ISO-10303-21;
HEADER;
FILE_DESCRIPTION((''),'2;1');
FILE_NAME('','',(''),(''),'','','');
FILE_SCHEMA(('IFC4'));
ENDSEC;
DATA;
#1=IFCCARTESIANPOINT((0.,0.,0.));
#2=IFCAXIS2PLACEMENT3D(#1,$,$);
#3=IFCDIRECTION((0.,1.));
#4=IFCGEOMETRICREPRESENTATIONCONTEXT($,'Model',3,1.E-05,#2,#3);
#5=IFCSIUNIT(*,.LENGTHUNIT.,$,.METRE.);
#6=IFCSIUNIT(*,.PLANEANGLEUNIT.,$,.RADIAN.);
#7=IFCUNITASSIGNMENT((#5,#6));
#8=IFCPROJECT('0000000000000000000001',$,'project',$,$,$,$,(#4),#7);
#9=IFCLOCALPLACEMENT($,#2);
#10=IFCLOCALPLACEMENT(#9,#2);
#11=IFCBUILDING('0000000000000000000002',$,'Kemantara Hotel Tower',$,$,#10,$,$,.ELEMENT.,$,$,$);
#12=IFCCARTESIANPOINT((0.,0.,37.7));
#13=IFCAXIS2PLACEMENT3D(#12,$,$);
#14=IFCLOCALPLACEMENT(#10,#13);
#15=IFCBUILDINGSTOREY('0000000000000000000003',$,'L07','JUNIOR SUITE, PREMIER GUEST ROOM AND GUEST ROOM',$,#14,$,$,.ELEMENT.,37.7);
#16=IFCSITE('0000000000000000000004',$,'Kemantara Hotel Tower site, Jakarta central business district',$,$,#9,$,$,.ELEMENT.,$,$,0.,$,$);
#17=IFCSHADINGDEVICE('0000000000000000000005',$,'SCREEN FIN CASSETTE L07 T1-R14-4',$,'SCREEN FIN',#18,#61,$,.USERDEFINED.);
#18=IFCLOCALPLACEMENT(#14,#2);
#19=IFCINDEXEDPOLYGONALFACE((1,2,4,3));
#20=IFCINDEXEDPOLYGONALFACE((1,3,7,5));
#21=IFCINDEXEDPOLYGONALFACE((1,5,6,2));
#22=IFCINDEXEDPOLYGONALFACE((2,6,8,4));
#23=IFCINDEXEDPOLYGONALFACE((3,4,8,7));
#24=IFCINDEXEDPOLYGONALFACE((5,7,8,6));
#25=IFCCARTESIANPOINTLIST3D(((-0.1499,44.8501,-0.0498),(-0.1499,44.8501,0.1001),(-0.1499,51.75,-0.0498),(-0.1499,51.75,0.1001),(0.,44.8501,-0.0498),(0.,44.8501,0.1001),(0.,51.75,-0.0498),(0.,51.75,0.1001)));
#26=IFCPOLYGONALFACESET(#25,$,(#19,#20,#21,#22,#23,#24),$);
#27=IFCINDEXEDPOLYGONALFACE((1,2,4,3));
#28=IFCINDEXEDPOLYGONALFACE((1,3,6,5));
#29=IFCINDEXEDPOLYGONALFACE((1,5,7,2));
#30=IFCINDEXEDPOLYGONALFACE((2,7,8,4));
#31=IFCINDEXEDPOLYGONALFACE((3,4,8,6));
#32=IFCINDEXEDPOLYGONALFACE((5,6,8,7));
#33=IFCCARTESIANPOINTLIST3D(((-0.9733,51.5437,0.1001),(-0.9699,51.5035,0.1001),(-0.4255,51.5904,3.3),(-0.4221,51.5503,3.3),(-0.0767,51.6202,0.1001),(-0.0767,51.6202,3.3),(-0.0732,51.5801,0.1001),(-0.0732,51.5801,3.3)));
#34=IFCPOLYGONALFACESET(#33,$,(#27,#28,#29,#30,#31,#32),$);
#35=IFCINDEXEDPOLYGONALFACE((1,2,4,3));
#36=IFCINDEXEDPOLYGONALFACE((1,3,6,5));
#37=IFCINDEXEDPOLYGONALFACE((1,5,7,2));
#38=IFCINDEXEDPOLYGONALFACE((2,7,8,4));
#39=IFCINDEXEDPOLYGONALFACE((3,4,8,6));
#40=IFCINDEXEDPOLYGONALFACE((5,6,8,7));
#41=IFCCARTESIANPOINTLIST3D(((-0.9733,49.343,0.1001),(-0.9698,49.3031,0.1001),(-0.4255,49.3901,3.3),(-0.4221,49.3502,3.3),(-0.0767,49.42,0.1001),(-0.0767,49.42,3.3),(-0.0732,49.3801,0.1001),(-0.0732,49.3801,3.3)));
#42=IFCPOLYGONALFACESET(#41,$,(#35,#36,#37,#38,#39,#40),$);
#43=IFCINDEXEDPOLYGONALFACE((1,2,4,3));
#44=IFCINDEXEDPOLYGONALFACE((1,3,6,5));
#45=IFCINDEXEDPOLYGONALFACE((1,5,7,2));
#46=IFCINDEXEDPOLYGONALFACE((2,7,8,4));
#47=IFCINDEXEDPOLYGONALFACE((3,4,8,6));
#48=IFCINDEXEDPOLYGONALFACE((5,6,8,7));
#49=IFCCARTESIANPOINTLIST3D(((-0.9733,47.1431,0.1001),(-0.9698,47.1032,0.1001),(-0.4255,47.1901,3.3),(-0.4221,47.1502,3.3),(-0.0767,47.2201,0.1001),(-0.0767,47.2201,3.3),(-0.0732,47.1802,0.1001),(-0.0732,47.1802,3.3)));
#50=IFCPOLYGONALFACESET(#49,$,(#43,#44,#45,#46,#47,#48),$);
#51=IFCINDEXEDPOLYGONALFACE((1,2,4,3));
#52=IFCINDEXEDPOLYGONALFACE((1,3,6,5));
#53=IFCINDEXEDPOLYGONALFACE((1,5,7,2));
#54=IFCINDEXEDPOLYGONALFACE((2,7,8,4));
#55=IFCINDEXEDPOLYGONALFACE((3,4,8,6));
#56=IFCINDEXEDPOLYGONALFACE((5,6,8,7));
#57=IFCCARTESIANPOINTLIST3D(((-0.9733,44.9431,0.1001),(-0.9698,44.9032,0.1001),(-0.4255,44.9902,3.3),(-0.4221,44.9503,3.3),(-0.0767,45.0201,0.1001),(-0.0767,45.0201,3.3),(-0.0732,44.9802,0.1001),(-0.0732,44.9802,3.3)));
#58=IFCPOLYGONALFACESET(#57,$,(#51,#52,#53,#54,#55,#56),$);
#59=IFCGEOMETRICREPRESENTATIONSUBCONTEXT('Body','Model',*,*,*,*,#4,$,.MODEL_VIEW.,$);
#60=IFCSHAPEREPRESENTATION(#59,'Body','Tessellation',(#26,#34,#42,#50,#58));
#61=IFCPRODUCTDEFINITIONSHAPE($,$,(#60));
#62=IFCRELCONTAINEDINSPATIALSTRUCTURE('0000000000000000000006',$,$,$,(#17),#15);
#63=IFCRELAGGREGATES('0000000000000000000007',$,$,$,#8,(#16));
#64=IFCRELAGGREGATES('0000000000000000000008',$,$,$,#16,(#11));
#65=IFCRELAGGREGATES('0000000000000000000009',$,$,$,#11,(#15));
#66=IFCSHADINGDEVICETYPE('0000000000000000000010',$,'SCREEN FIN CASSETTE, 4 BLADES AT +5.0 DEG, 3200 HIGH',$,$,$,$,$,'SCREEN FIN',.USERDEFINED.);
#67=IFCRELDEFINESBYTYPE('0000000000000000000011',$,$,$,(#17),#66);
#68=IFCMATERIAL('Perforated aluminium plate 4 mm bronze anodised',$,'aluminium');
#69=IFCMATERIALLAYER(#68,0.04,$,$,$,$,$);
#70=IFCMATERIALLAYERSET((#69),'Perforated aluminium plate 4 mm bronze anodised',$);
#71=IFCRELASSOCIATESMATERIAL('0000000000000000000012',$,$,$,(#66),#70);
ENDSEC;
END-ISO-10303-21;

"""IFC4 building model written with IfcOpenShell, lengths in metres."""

from ifc_helpers import new_model, si_unit, direction, frame, origin, origin_2d, place, context, subcontext, project, spatial, polyline, rectangle, outline, extrude, source, transform, mapped, material, layer, layer_set, type_object, element, save


model = new_model("IFC4")

# Units and contexts
model_context = context("Model", 3, precision=1e-05, world=origin(), true_north=direction((0.0, 1.0)))
body_context = subcontext(model_context, "Body", "Model", "MODEL_VIEW")
ifc_project = project(units=[si_unit("LENGTHUNIT", "METRE"), si_unit("PLANEANGLEUNIT", "RADIAN")], contexts=[model_context])

# Site, building, storey
site_placement = place(None, origin())
site = spatial("IfcSite", under=ifc_project, at=site_placement, Name="Kemantara Hotel Tower site, Jakarta central business district", CompositionType="ELEMENT", RefElevation=0.0)
building_placement = place(site_placement, origin())
building = spatial("IfcBuilding", under=site, at=building_placement, Name="Kemantara Hotel Tower", CompositionType="ELEMENT")
storey_placement = place(building_placement, frame((0.0, 0.0, 37.7)))
storey = spatial("IfcBuildingStorey", under=building, at=storey_placement, Name="L07", Description="JUNIOR SUITE, PREMIER GUEST ROOM AND GUEST ROOM", CompositionType="ELEMENT", Elevation=37.7)

# Shading device
ifc_material_1 = material(Name="Perforated aluminium plate 4 mm bronze anodised", Category="aluminium")
ifc_layer_1 = layer(ifc_material_1, 0.04)
ifc_layer_set_1 = layer_set([ifc_layer_1], Name="Perforated aluminium plate 4 mm bronze anodised")
shading_device_type = type_object("IfcShadingDeviceType", Name="SCREEN FIN CASSETTE, 4 BLADES AT +5.0 DEG, 3200 HIGH", ElementType="SCREEN FIN", PredefinedType="USERDEFINED", material=ifc_layer_set_1)
shared_shape = source(origin(), body_context, "Body", "SweptSolid", [
    extrude(rectangle(XDim=6.8999, YDim=0.1499, at=origin_2d()), frame((3.3, -0.075, -0.1499), z_axis=(0.0, 0.0, 1.0), x_axis=(1.0, 0.0, 0.0)), (0.0, 0.0, 1.0), 0.1499),
    extrude(outline(polyline([(0.0, 0.0), (0.8999, 0.0), (0.3501, 3.2), (0.0, 3.2), (0.0, 0.0)])), frame((0.02, -0.0732, 0.0), z_axis=(-0.996376, -0.085056, 0.0), x_axis=(0.085056, -0.996376, 0.0)), (0.0, 0.0, 1.0), 0.0403),
    extrude(outline(polyline([(0.0, 0.0), (0.8999, 0.0), (0.3501, 3.2), (0.0, 3.2), (0.0, 0.0)])), frame((2.22, -0.0732, 0.0), z_axis=(-0.996332, -0.085575, 0.0), x_axis=(0.085575, -0.996332, 0.0)), (0.0, 0.0, 1.0), 0.04),
    extrude(outline(polyline([(0.0, 0.0), (0.8999, 0.0), (0.3501, 3.2), (0.0, 3.2), (0.0, 0.0)])), frame((4.4199, -0.0732, 0.0), z_axis=(-0.996332, -0.085575, 0.0), x_axis=(0.085575, -0.996332, 0.0)), (0.0, 0.0, 1.0), 0.04),
    extrude(outline(polyline([(0.0, 0.0), (0.8999, 0.0), (0.3501, 3.2), (0.0, 3.2), (0.0, 0.0)])), frame((6.6199, -0.0732, 0.0), z_axis=(-0.996332, -0.085575, 0.0), x_axis=(0.085575, -0.996332, 0.0)), (0.0, 0.0, 1.0), 0.04),
])
shading_device_placement = place(storey_placement, frame((0.0, 51.6001, 0.1001), z_axis=(0.0, 0.0, 1.0), x_axis=(0.0, -1.0, 0.0)))
element("IfcShadingDevice", 1, at=shading_device_placement, inside=storey, type_object=shading_device_type, Name="SCREEN FIN CASSETTE L07 T1-R14-4", ObjectType="SCREEN FIN", PredefinedType="USERDEFINED", context=body_context, shape_type="MappedRepresentation", body=[
    mapped(shared_shape, transform((0.0, 0.0, 0.0))),
])

save(model, "model.ifc")
